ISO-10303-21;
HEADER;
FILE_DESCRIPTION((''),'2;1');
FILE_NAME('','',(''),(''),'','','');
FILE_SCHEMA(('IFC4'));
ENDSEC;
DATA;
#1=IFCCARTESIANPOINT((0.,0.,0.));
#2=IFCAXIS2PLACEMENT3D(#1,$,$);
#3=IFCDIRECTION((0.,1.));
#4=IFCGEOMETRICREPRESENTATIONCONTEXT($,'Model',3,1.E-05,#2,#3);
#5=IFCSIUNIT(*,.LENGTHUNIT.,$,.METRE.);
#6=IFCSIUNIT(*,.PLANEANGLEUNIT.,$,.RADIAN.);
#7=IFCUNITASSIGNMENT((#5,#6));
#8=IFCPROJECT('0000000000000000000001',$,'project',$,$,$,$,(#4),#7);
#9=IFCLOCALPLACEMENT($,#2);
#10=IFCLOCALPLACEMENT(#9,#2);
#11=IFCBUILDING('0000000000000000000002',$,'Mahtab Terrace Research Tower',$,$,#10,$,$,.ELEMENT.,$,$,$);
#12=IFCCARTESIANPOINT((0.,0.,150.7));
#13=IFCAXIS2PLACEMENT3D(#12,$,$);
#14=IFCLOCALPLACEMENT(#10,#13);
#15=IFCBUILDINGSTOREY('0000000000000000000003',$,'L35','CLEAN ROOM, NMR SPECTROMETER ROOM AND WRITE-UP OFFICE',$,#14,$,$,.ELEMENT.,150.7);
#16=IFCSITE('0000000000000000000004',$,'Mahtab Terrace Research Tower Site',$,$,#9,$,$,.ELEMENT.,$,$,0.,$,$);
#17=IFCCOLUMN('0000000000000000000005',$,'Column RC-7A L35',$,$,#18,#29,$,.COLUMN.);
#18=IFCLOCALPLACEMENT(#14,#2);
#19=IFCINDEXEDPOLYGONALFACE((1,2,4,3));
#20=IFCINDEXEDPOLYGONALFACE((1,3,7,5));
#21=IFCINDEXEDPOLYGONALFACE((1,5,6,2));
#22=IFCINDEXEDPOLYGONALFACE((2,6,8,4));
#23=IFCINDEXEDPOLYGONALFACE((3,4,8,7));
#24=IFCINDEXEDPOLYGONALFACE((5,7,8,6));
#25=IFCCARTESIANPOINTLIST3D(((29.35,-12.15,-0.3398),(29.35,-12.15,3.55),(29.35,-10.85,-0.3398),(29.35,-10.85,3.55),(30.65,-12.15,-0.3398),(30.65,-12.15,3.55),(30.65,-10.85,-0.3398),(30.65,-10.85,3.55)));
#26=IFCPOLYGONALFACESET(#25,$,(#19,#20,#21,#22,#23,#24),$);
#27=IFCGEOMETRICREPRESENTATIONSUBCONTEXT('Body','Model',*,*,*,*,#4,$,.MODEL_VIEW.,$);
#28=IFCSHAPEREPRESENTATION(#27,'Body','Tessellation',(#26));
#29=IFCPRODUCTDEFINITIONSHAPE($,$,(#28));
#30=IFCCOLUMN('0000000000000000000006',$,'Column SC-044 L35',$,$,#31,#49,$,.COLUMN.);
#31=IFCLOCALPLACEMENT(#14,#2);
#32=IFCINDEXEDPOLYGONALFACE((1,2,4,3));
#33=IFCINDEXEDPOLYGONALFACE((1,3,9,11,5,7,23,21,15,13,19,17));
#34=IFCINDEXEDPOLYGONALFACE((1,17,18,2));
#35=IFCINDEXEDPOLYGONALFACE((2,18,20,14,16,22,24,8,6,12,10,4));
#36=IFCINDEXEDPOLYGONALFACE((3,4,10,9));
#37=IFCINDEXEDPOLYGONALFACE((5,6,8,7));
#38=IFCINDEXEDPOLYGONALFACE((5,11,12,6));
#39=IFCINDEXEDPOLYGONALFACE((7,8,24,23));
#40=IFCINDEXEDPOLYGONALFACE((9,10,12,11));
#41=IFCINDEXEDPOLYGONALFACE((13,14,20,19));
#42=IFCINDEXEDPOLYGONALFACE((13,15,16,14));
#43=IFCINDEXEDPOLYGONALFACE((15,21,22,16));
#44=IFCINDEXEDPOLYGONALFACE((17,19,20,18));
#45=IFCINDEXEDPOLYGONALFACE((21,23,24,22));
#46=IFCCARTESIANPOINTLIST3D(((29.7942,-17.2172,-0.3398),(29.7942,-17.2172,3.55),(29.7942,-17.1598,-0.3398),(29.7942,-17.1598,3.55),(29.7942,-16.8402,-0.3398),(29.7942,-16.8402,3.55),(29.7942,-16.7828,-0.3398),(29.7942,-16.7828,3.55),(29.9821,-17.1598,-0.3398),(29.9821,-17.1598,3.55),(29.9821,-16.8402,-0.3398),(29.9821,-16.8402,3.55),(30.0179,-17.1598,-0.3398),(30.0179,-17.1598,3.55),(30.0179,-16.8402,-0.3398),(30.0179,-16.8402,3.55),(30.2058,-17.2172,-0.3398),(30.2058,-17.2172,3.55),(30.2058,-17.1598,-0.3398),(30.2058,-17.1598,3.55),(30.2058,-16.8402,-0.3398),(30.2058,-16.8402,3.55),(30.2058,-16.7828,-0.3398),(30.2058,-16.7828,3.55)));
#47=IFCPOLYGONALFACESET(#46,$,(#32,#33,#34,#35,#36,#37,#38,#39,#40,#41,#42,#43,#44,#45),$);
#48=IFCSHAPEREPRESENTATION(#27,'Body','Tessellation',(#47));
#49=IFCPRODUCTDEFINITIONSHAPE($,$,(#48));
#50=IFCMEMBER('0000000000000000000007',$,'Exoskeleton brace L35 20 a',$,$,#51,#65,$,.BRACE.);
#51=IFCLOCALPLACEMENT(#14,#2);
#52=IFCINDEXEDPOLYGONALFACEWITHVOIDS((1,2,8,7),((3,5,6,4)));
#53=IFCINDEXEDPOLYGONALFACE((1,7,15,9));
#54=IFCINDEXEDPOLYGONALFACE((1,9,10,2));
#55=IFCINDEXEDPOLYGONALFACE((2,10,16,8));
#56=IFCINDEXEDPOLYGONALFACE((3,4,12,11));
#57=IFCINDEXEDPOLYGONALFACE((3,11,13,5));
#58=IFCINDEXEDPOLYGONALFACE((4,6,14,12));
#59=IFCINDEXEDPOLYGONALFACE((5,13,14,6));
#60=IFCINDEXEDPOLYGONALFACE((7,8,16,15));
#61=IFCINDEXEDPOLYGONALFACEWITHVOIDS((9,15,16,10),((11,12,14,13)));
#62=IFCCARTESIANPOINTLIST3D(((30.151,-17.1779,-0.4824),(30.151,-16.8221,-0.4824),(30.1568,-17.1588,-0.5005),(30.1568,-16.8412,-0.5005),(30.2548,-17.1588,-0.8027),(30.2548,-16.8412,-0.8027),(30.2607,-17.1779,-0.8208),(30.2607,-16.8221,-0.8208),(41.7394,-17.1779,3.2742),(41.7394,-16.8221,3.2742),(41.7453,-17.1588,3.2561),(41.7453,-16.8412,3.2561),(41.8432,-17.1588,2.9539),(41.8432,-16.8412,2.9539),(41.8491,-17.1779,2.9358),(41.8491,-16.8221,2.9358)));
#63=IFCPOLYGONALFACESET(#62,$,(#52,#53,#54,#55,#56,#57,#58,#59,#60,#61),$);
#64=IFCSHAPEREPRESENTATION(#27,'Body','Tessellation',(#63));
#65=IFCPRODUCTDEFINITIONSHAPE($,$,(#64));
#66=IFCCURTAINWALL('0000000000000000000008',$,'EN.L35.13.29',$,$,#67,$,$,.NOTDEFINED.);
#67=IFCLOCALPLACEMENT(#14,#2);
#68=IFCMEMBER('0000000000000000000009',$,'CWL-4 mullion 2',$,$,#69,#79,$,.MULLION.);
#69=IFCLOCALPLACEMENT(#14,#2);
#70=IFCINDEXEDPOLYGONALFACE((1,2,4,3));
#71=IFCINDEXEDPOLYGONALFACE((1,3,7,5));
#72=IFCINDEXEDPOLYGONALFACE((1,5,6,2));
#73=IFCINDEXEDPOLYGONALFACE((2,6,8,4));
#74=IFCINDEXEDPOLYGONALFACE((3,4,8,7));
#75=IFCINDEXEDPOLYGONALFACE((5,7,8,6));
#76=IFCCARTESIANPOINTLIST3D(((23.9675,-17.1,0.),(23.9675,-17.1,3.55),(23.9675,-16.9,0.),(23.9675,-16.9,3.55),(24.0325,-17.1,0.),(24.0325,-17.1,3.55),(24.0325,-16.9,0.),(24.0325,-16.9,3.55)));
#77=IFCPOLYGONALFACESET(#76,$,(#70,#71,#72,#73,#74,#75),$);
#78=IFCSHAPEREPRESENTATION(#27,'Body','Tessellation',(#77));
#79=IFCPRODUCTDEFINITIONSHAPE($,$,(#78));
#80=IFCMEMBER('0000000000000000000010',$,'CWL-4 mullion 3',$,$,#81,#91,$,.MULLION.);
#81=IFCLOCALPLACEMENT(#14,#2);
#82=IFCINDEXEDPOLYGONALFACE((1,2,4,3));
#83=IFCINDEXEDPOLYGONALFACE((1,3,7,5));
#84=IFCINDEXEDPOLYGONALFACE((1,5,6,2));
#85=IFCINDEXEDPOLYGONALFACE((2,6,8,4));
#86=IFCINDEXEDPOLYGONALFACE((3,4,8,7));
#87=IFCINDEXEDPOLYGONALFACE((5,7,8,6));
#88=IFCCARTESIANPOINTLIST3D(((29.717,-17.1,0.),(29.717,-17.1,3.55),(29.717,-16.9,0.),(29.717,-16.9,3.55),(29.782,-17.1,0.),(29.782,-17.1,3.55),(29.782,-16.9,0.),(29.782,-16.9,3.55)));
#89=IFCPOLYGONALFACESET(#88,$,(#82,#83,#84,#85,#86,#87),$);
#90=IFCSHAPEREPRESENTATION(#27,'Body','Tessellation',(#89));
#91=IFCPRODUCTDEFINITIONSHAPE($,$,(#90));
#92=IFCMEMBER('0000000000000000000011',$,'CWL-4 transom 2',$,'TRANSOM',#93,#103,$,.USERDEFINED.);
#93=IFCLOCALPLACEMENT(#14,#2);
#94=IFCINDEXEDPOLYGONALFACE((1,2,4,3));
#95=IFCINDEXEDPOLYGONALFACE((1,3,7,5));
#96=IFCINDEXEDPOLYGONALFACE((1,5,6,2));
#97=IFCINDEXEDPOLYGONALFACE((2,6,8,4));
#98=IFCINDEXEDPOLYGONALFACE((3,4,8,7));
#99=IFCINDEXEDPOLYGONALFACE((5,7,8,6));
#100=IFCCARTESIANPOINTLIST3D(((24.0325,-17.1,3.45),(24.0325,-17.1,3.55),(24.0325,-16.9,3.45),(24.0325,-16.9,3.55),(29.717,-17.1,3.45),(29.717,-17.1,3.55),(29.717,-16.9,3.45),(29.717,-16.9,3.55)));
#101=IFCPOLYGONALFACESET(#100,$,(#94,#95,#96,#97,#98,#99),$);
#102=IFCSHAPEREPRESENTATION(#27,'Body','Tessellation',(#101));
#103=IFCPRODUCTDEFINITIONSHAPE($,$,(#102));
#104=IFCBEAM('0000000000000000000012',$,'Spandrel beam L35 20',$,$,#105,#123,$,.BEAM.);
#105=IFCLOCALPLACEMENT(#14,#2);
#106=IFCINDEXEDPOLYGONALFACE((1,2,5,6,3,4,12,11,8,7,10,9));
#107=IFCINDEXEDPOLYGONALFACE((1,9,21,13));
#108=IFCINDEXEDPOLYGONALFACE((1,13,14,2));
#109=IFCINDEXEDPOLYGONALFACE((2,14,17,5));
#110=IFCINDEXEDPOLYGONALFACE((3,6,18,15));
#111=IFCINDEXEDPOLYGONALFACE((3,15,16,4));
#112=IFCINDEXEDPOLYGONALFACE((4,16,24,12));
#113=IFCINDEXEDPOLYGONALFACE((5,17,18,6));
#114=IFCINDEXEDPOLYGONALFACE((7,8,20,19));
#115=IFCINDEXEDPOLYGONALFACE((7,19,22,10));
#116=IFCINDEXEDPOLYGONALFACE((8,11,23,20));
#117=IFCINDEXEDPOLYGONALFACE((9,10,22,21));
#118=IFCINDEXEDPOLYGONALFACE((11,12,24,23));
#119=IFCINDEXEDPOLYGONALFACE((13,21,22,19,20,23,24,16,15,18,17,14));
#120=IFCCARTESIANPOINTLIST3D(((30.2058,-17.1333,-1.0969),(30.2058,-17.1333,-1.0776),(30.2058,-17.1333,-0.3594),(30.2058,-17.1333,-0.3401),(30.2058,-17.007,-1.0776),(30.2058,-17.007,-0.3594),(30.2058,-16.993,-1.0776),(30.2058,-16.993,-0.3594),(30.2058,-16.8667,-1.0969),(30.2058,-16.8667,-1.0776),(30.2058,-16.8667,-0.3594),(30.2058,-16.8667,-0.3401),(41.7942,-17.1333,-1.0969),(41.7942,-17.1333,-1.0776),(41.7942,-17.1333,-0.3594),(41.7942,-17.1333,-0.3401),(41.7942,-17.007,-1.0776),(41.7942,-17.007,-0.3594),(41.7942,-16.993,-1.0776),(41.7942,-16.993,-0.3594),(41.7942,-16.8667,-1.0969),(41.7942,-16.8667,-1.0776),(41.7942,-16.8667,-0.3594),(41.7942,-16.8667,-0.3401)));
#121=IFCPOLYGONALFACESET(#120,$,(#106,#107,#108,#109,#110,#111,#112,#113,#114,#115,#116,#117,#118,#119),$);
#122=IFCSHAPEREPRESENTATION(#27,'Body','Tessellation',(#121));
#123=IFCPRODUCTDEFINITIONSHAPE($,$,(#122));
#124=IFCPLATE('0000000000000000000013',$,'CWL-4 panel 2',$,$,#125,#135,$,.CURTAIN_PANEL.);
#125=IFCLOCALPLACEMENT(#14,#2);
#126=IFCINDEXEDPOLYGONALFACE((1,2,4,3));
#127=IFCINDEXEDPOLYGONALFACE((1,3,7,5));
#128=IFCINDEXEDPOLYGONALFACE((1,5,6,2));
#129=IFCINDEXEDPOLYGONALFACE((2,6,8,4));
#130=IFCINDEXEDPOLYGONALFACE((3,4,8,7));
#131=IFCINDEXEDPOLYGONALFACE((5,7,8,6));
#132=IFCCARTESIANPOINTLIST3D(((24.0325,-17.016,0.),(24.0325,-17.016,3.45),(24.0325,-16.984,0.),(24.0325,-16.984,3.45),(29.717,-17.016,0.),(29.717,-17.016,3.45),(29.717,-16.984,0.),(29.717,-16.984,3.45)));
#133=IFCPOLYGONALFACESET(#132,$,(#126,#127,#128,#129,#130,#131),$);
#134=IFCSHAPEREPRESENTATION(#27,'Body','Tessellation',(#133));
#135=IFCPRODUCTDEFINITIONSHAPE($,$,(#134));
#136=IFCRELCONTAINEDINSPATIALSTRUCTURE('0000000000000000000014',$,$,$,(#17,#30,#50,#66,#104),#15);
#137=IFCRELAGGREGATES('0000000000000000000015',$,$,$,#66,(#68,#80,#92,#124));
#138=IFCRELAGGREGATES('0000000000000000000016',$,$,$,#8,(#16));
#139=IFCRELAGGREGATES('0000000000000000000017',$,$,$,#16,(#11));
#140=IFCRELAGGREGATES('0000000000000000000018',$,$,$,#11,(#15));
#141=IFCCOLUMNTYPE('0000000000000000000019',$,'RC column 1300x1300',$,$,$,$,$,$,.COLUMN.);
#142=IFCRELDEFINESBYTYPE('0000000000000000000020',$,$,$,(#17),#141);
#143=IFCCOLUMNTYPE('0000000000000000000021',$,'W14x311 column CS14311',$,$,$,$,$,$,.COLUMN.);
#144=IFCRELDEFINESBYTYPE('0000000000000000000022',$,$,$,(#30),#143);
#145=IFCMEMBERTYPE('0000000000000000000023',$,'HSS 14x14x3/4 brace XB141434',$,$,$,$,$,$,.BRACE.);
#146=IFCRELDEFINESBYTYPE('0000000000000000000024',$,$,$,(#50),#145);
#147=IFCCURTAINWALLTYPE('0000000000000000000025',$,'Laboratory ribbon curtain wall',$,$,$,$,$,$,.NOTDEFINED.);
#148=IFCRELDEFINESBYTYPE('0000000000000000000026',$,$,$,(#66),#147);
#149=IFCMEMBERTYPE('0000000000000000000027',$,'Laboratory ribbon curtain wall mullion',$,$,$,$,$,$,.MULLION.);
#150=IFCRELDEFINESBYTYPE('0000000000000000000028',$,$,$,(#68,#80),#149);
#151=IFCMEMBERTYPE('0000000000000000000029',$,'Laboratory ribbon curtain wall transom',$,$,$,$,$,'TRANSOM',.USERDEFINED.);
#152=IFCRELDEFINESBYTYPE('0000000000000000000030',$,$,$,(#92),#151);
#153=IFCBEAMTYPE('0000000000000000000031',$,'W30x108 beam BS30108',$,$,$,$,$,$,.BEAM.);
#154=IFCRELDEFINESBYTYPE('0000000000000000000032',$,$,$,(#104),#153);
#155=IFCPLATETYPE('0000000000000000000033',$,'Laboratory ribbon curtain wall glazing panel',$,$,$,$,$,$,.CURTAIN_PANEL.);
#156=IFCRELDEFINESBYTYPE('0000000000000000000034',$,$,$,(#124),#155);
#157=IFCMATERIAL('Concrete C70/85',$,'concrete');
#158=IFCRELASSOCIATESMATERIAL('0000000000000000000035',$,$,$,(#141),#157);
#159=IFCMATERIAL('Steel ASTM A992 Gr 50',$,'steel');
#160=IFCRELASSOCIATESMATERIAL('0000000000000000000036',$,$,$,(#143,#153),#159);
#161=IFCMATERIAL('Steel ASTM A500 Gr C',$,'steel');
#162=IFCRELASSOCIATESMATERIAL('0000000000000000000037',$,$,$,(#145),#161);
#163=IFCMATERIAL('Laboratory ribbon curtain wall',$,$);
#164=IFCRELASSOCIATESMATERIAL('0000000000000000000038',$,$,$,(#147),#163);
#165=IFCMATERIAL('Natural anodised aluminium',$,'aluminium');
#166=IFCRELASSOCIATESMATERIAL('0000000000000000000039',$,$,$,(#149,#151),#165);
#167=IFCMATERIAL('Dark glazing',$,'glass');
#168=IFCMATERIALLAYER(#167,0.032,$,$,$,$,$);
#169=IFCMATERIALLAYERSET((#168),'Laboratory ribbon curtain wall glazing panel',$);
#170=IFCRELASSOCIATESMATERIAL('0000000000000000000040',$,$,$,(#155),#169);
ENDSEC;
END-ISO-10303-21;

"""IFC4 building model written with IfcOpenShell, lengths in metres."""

from ifc_helpers import new_model, si_unit, direction, frame, origin, origin_2d, place, context, subcontext, project, spatial, rectangle, hollow_rectangle, i_section, extrude, material, layer, layer_set, material_profile, profile_set, type_object, element, aggregate, save


model = new_model("IFC4")

# Units and contexts
model_context = context("Model", 3, precision=1e-05, world=origin(), true_north=direction((0.0, 1.0)))
body_context = subcontext(model_context, "Body", "Model", "MODEL_VIEW")
ifc_project = project(units=[si_unit("LENGTHUNIT", "METRE"), si_unit("PLANEANGLEUNIT", "RADIAN")], contexts=[model_context])

# Site, building, storey
site_placement = place(None, origin())
site = spatial("IfcSite", under=ifc_project, at=site_placement, Name="Mahtab Terrace Research Tower Site", CompositionType="ELEMENT", RefElevation=0.0)
building_placement = place(site_placement, origin())
building = spatial("IfcBuilding", under=site, at=building_placement, Name="Mahtab Terrace Research Tower", CompositionType="ELEMENT")
storey_placement = place(building_placement, frame((0.0, 0.0, 150.7)))
storey = spatial("IfcBuildingStorey", under=building, at=storey_placement, Name="L35", Description="CLEAN ROOM, NMR SPECTROMETER ROOM AND WRITE-UP OFFICE", CompositionType="ELEMENT", Elevation=150.7)

# Columns
ifc_material_1 = material(Name="Concrete C70/85", Category="concrete")
ifc_material_profile_1 = material_profile(ifc_material_1, rectangle(XDim=1.3, YDim=1.3, at=origin_2d()), Name="RC column 1300x1300")
ifc_profile_set_1 = profile_set([ifc_material_profile_1], Name="Concrete C70/85")
column_type_1 = type_object("IfcColumnType", Name="RC column 1300x1300", PredefinedType="COLUMN", material=ifc_profile_set_1)
column_1_placement = place(storey_placement, frame((30.0, -11.5, -0.3398), z_axis=(0.0, 0.0, 1.0), x_axis=(1.0, 0.0, 0.0)))
element("IfcColumn", 1, at=column_1_placement, inside=storey, type_object=column_type_1, Name="Column RC-7A L35", PredefinedType="COLUMN", context=body_context, shape_type="SweptSolid", body=[
    extrude(rectangle(XDim=1.3, YDim=1.3, at=origin_2d()), origin(), (0.0, 0.0, 1.0), 3.8899),
])
ifc_material_2 = material(Name="Steel ASTM A992 Gr 50", Category="steel")
ifc_material_profile_2 = material_profile(ifc_material_2, i_section(OverallWidth=0.4116, OverallDepth=0.4343, WebThickness=0.0359, FlangeThickness=0.0574, at=origin_2d()), Name="W14X311")
ifc_profile_set_2 = profile_set([ifc_material_profile_2], Name="Steel ASTM A992 Gr 50")
column_type_2 = type_object("IfcColumnType", Name="W14x311 column CS14311", PredefinedType="COLUMN", material=ifc_profile_set_2)
column_2_placement = place(storey_placement, frame((30.0, -17.0, -0.3398), z_axis=(0.0, 0.0, 1.0), x_axis=(1.0, 0.0, 0.0)))
element("IfcColumn", 2, at=column_2_placement, inside=storey, type_object=column_type_2, Name="Column SC-044 L35", PredefinedType="COLUMN", context=body_context, shape_type="SweptSolid", body=[
    extrude(i_section(OverallWidth=0.4116, OverallDepth=0.4343, WebThickness=0.0359, FlangeThickness=0.0574, at=origin_2d()), origin(), (0.0, 0.0, 1.0), 3.8899),
])

# Member
ifc_material_3 = material(Name="Steel ASTM A500 Gr C", Category="steel")
ifc_material_profile_3 = material_profile(ifc_material_3, hollow_rectangle(XDim=0.3557, YDim=0.3557, WallThickness=0.019, at=origin_2d()), Name="HSS14X14X3/4")
ifc_profile_set_3 = profile_set([ifc_material_profile_3], Name="Steel ASTM A500 Gr C")
member_type_1 = type_object("IfcMemberType", Name="HSS 14x14x3/4 brace XB141434", PredefinedType="BRACE", material=ifc_profile_set_3)
member_1_placement = place(storey_placement, frame((30.2058, -17.0, -0.6516), z_axis=(0.951266, 0.0, 0.308371), x_axis=(0.0, 1.0, 0.0)))
element("IfcMember", 3, at=member_1_placement, inside=storey, type_object=member_type_1, Name="Exoskeleton brace L35 20 a", PredefinedType="BRACE", context=body_context, shape_type="SweptSolid", body=[
    extrude(hollow_rectangle(XDim=0.3557, YDim=0.3557, WallThickness=0.019, at=origin_2d()), origin(), (0.0, 0.0, 1.0), 12.1821),
])

# Curtain wall, members
ifc_material_4 = material(Name="Laboratory ribbon curtain wall")
curtain_wall_type = type_object("IfcCurtainWallType", Name="Laboratory ribbon curtain wall", PredefinedType="NOTDEFINED", material=ifc_material_4)
curtain_wall_placement = place(storey_placement, origin())
curtain_wall = element("IfcCurtainWall", 4, at=curtain_wall_placement, inside=storey, type_object=curtain_wall_type, Name="EN.L35.13.29", PredefinedType="NOTDEFINED")
ifc_material_5 = material(Name="Natural anodised aluminium", Category="aluminium")
ifc_material_profile_4 = material_profile(ifc_material_5, rectangle(XDim=0.2, YDim=0.0649, at=origin_2d()), Name="MULLION 65x200")
ifc_profile_set_4 = profile_set([ifc_material_profile_4], Name="Natural anodised aluminium")
member_type_2 = type_object("IfcMemberType", Name="Laboratory ribbon curtain wall mullion", PredefinedType="MULLION", material=ifc_profile_set_4)
member_2_placement = place(storey_placement, frame((24.0, -17.0, 0.0), z_axis=(0.0, 0.0, 1.0), x_axis=(0.0, 1.0, 0.0)))
member_2 = element("IfcMember", 5, at=member_2_placement, type_object=member_type_2, Name="CWL-4 mullion 2", PredefinedType="MULLION", context=body_context, shape_type="SweptSolid", body=[
    extrude(rectangle(XDim=0.2, YDim=0.0649, at=origin_2d()), origin(), (0.0, 0.0, 1.0), 3.55),
])
member_3_placement = place(storey_placement, frame((29.7495, -17.0, 0.0), z_axis=(0.0, 0.0, 1.0), x_axis=(0.0, 1.0, 0.0)))
member_3 = element("IfcMember", 6, at=member_3_placement, type_object=member_type_2, Name="CWL-4 mullion 3", PredefinedType="MULLION", context=body_context, shape_type="SweptSolid", body=[
    extrude(rectangle(XDim=0.2, YDim=0.0649, at=origin_2d()), origin(), (0.0, 0.0, 1.0), 3.55),
])
ifc_material_profile_5 = material_profile(ifc_material_5, rectangle(XDim=0.2, YDim=0.1001, at=origin_2d()), Name="TRANSOM 100x200")
ifc_profile_set_5 = profile_set([ifc_material_profile_5], Name="Natural anodised aluminium")
member_type_3 = type_object("IfcMemberType", Name="Laboratory ribbon curtain wall transom", ElementType="TRANSOM", PredefinedType="USERDEFINED", material=ifc_profile_set_5)
member_4_placement = place(storey_placement, frame((24.0325, -17.0, 3.5), z_axis=(1.0, 0.0, 0.0), x_axis=(0.0, 1.0, 0.0)))
member_4 = element("IfcMember", 7, at=member_4_placement, type_object=member_type_3, Name="CWL-4 transom 2", ObjectType="TRANSOM", PredefinedType="USERDEFINED", context=body_context, shape_type="SweptSolid", body=[
    extrude(rectangle(XDim=0.2, YDim=0.1001, at=origin_2d()), origin(), (0.0, 0.0, 1.0), 5.6846),
])

# Beam
ifc_material_profile_6 = material_profile(ifc_material_2, i_section(OverallWidth=0.2666, OverallDepth=0.7568, WebThickness=0.0139, FlangeThickness=0.0193, at=origin_2d()), Name="W30X108")
ifc_profile_set_6 = profile_set([ifc_material_profile_6], Name="Steel ASTM A992 Gr 50")
beam_type = type_object("IfcBeamType", Name="W30x108 beam BS30108", PredefinedType="BEAM", material=ifc_profile_set_6)
beam_placement = place(storey_placement, frame((30.2058, -17.0, -0.7185), z_axis=(1.0, 0.0, 0.0), x_axis=(0.0, 1.0, 0.0)))
element("IfcBeam", 8, at=beam_placement, inside=storey, type_object=beam_type, Name="Spandrel beam L35 20", PredefinedType="BEAM", context=body_context, shape_type="SweptSolid", body=[
    extrude(i_section(OverallWidth=0.2666, OverallDepth=0.7568, WebThickness=0.0139, FlangeThickness=0.0193, at=origin_2d()), origin(), (0.0, 0.0, 1.0), 11.5884),
])

# Plate
ifc_material_6 = material(Name="Dark glazing", Category="glass")
ifc_layer_1 = layer(ifc_material_6, 0.032)
ifc_layer_set_1 = layer_set([ifc_layer_1], Name="Laboratory ribbon curtain wall glazing panel")
plate_type = type_object("IfcPlateType", Name="Laboratory ribbon curtain wall glazing panel", PredefinedType="CURTAIN_PANEL", material=ifc_layer_set_1)
plate_placement = place(storey_placement, frame((26.8748, -17.0, 0.0), z_axis=(0.0, 0.0, 1.0), x_axis=(1.0, 0.0, 0.0)))
plate = element("IfcPlate", 9, at=plate_placement, type_object=plate_type, Name="CWL-4 panel 2", PredefinedType="CURTAIN_PANEL", context=body_context, shape_type="SweptSolid", body=[
    extrude(rectangle(XDim=5.6846, YDim=0.032, at=origin_2d()), origin(), (0.0, 0.0, 1.0), 3.45),
])
aggregate(curtain_wall, [member_2, member_3, member_4, plate])

save(model, "model.ifc")
